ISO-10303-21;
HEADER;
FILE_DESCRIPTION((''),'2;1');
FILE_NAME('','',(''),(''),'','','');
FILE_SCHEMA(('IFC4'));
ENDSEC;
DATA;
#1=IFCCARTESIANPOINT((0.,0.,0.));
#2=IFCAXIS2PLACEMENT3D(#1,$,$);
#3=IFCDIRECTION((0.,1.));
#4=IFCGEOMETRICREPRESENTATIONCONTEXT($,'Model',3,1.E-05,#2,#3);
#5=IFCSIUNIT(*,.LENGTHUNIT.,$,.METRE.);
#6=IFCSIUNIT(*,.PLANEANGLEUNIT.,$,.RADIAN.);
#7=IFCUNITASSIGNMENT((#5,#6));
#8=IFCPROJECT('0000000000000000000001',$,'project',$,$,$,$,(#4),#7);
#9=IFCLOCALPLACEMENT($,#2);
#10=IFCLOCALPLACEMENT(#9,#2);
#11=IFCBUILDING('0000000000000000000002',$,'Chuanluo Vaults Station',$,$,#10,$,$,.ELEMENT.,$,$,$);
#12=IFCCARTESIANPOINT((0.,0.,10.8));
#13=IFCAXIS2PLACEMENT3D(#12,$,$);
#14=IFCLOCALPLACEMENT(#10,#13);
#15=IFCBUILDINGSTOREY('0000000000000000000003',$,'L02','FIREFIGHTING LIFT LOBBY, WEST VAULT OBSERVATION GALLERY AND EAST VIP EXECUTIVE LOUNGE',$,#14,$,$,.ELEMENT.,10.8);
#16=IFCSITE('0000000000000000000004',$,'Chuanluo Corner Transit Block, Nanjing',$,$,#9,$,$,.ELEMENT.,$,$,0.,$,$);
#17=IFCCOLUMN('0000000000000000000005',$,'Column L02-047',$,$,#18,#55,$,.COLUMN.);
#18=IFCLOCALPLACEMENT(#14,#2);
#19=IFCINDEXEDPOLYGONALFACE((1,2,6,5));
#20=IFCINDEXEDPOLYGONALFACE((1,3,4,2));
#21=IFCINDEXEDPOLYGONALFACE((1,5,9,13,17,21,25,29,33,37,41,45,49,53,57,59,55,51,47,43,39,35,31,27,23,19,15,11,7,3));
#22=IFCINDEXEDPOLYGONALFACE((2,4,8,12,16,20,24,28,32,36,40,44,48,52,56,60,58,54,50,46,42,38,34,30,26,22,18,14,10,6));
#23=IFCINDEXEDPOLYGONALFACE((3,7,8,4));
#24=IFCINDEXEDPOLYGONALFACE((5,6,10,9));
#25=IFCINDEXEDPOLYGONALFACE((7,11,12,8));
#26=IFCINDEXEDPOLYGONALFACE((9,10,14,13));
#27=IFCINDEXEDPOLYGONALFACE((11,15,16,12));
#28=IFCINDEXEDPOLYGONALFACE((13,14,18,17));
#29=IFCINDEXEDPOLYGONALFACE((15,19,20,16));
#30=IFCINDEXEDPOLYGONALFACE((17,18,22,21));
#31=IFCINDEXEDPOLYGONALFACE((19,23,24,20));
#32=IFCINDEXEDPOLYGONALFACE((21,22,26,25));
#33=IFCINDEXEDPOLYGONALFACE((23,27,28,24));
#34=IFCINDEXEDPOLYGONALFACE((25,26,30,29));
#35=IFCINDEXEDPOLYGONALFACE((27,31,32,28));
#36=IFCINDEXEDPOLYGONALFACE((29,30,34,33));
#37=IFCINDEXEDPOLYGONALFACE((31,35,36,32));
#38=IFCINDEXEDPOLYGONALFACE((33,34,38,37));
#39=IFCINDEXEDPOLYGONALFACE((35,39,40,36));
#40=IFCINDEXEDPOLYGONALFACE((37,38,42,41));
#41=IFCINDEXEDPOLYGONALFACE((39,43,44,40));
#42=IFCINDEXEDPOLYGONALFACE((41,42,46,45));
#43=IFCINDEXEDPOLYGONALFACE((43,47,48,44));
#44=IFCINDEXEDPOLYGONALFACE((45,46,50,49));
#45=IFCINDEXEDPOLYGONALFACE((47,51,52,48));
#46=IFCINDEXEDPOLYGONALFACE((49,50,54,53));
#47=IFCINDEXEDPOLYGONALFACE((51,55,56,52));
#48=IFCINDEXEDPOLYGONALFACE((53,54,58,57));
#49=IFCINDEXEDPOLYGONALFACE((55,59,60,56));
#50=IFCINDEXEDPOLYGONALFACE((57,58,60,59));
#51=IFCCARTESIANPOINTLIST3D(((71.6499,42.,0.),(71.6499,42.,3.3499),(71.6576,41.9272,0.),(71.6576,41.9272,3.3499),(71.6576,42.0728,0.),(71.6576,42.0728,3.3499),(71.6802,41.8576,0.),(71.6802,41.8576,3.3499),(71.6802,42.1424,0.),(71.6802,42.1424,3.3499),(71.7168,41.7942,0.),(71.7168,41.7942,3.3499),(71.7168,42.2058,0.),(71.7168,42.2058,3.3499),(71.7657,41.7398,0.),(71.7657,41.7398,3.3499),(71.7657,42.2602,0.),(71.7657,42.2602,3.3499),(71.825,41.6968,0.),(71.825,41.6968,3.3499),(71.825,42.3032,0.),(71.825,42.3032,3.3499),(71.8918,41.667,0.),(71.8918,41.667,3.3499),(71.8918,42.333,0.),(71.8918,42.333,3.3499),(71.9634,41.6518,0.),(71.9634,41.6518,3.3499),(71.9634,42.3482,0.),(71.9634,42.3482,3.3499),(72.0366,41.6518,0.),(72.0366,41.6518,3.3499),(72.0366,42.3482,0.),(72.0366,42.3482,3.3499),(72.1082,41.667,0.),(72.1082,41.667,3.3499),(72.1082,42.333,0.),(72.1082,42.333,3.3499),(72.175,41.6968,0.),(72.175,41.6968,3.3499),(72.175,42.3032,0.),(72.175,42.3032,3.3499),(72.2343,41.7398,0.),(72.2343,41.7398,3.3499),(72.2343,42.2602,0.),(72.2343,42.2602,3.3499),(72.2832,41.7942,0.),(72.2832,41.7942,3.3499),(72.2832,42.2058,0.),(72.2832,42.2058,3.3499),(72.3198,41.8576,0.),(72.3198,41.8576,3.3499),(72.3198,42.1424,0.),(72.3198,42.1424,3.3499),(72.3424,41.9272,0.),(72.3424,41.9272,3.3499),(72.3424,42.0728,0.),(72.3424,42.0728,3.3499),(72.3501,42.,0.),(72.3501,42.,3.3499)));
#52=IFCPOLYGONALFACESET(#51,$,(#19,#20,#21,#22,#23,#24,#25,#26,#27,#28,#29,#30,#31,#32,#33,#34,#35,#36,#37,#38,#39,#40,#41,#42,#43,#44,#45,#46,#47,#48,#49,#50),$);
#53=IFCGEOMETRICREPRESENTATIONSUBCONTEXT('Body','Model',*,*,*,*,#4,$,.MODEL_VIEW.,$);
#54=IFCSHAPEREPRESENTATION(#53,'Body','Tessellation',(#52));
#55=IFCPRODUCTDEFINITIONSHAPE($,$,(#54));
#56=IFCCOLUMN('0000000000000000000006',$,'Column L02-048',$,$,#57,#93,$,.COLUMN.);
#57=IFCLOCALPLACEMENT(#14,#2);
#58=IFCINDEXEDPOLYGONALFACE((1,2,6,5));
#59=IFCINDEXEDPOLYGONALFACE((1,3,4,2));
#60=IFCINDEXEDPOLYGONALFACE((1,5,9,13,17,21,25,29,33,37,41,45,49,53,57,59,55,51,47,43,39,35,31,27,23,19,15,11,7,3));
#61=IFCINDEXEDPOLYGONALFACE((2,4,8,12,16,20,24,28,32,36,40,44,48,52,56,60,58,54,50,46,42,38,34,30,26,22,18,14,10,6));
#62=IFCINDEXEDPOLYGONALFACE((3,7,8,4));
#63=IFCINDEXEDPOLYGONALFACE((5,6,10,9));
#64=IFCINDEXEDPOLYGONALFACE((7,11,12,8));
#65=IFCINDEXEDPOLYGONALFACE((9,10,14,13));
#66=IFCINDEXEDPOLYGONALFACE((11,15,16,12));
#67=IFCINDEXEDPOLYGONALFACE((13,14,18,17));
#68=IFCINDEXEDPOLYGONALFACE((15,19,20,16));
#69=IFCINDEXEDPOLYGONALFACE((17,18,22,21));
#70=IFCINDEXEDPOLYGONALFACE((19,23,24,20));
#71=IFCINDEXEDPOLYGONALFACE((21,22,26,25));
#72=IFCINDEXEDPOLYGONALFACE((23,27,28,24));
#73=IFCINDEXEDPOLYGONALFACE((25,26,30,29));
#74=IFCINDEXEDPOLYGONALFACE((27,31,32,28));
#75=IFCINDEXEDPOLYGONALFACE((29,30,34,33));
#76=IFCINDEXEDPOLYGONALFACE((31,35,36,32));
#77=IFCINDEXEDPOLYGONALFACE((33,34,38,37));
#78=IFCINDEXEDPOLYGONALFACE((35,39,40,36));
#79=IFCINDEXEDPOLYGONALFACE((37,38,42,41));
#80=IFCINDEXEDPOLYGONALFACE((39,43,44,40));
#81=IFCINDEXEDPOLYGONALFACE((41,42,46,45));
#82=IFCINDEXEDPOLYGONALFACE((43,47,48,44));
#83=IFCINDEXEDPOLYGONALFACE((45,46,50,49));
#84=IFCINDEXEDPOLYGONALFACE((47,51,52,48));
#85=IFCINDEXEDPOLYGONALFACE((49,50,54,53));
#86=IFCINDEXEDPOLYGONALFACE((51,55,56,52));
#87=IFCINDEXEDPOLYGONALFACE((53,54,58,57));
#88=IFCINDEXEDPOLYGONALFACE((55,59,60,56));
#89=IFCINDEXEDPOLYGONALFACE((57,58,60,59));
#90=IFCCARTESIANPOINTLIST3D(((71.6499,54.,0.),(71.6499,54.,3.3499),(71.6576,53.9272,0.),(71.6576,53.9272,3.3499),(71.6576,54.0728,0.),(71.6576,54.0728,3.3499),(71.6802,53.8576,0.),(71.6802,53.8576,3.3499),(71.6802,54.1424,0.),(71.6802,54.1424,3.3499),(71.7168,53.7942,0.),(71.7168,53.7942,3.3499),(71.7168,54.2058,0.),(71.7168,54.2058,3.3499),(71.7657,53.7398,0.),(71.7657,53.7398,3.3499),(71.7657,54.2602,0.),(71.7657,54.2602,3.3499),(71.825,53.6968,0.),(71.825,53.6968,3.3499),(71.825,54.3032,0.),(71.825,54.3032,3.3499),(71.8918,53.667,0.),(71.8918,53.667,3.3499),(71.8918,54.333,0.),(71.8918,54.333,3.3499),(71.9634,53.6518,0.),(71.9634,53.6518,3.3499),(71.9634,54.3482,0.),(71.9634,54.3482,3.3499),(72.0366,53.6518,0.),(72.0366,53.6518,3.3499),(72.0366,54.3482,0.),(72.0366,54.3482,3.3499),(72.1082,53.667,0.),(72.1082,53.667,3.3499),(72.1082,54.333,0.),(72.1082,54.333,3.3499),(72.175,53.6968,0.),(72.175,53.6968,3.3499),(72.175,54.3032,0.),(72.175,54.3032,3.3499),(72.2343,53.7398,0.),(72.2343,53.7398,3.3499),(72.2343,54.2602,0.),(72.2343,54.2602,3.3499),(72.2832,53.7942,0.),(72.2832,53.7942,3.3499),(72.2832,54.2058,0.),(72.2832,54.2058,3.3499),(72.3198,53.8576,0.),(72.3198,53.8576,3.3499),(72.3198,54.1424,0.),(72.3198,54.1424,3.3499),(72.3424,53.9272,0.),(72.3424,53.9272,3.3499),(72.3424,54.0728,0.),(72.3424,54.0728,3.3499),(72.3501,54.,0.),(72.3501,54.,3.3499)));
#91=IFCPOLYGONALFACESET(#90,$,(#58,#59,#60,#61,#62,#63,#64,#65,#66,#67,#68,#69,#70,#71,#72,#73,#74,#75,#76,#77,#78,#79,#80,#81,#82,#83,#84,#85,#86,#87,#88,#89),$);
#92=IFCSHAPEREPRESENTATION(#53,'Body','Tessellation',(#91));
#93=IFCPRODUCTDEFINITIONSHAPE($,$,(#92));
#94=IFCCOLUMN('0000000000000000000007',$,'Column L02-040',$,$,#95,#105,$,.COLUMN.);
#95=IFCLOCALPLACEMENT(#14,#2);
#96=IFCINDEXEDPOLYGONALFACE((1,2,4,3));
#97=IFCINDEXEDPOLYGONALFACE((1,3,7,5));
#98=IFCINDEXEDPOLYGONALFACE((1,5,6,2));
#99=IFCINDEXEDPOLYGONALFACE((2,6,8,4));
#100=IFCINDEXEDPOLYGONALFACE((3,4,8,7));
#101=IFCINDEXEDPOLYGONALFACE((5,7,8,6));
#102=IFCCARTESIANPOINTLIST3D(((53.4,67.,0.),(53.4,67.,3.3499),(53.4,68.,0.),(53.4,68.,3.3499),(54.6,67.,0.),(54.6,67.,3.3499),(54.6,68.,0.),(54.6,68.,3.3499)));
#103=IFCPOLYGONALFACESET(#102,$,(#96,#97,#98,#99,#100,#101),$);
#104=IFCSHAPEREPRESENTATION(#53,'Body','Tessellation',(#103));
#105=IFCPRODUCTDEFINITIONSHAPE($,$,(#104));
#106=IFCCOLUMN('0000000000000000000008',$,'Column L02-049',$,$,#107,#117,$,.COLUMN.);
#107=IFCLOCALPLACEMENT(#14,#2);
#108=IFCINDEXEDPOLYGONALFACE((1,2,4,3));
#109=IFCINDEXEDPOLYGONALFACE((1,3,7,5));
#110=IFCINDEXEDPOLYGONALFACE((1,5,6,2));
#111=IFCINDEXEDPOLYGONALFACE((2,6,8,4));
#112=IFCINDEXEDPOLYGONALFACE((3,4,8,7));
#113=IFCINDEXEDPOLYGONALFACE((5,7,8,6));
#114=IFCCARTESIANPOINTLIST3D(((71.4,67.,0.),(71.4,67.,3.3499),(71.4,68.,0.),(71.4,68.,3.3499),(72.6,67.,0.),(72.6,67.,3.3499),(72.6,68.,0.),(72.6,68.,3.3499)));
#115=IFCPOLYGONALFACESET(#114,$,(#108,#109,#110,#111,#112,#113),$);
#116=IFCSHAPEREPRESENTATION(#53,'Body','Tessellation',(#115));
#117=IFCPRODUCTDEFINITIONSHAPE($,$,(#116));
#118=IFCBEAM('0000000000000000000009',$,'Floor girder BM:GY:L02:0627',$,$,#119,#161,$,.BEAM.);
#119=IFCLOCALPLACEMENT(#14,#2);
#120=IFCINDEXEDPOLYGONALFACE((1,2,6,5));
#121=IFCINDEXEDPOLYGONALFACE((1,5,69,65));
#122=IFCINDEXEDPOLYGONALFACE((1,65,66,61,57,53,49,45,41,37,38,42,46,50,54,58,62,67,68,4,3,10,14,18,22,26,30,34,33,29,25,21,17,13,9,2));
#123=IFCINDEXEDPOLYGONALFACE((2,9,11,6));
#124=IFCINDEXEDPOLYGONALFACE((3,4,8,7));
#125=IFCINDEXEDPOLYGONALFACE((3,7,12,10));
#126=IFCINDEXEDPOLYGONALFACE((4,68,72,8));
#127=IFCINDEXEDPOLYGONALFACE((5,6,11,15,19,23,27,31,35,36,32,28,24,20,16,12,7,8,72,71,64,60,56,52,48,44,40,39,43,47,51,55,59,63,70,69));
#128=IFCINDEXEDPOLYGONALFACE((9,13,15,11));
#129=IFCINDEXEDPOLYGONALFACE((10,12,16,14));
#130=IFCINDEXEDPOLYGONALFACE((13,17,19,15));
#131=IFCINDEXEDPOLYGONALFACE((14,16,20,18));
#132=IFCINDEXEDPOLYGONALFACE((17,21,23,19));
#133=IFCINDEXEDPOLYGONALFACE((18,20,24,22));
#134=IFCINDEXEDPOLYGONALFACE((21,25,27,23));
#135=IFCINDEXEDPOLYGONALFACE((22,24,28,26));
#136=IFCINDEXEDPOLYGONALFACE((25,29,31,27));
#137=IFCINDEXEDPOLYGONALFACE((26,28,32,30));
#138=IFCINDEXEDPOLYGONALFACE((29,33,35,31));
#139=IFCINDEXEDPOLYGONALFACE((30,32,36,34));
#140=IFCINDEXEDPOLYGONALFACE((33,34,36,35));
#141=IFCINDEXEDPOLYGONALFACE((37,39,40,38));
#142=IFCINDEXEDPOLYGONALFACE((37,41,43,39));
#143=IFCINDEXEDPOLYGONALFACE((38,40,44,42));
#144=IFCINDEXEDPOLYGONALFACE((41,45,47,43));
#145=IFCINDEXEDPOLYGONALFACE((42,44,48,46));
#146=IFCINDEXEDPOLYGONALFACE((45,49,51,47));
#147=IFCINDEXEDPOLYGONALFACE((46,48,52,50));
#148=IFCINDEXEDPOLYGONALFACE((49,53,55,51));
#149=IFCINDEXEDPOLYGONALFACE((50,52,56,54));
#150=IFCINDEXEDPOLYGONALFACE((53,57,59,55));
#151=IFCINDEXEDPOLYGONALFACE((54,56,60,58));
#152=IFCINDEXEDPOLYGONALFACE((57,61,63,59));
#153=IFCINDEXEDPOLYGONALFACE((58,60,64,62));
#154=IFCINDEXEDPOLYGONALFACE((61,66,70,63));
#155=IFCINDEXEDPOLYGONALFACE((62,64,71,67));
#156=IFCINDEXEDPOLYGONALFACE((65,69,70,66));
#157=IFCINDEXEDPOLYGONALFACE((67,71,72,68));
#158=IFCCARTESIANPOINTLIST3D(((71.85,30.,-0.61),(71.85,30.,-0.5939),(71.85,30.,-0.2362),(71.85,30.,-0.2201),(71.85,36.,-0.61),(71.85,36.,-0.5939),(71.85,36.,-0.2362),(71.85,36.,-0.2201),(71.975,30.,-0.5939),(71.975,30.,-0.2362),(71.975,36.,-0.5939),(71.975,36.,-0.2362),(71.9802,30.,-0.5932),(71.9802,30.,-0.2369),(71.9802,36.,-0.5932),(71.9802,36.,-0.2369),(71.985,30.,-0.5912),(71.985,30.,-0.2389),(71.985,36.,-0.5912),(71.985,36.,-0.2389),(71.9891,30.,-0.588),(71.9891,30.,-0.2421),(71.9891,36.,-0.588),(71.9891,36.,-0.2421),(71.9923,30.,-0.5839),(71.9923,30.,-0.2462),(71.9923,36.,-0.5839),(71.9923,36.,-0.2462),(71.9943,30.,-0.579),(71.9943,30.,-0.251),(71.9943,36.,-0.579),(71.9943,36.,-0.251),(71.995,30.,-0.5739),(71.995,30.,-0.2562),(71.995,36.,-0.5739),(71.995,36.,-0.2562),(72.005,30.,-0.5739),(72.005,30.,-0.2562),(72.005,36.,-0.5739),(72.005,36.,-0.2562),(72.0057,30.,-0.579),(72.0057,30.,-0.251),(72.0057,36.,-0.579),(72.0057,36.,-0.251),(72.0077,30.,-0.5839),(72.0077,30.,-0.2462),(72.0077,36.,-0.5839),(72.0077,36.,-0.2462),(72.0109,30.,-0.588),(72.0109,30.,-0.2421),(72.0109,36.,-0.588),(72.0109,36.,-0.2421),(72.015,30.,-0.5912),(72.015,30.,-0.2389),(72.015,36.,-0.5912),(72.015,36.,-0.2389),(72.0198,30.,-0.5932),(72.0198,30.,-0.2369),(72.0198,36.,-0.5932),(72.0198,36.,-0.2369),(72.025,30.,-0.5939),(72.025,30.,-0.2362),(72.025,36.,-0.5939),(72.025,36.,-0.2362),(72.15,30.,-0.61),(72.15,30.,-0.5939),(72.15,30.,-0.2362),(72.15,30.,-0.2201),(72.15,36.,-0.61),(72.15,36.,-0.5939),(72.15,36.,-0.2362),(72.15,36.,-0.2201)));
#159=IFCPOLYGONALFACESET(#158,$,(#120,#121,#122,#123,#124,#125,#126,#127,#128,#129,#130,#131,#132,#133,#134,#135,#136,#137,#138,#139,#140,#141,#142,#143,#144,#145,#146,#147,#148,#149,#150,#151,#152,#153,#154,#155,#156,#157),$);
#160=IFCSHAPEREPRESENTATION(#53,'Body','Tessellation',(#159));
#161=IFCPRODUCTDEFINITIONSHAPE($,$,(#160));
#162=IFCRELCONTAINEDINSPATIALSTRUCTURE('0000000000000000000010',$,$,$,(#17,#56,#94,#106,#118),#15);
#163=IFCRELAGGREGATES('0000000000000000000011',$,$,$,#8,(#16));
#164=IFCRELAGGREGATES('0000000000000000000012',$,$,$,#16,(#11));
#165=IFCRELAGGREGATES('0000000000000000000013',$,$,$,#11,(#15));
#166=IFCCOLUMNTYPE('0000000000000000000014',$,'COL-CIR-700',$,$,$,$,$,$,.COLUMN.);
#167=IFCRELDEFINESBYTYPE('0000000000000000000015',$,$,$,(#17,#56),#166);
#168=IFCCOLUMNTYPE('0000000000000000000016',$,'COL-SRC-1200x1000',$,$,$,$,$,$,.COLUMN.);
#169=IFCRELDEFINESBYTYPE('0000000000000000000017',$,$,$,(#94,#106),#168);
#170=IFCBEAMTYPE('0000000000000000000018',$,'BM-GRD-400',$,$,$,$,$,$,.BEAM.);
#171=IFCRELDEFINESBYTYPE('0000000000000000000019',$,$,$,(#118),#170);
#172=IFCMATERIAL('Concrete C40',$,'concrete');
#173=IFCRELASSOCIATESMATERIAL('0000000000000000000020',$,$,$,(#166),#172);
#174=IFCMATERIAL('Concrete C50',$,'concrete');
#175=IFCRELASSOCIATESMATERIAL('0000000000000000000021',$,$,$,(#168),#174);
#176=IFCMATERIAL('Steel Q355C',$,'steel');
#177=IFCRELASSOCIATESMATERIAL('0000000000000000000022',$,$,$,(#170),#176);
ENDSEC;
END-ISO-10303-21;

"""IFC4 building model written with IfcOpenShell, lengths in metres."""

from ifc_helpers import new_model, si_unit, direction, frame, origin, origin_2d, place, context, subcontext, project, spatial, rectangle, circle, i_section, extrude, material, material_profile, profile_set, type_object, element, save


model = new_model("IFC4")

# Units and contexts
model_context = context("Model", 3, precision=1e-05, world=origin(), true_north=direction((0.0, 1.0)))
body_context = subcontext(model_context, "Body", "Model", "MODEL_VIEW")
ifc_project = project(units=[si_unit("LENGTHUNIT", "METRE"), si_unit("PLANEANGLEUNIT", "RADIAN")], contexts=[model_context])

# Site, building, storey
site_placement = place(None, origin())
site = spatial("IfcSite", under=ifc_project, at=site_placement, Name="Chuanluo Corner Transit Block, Nanjing", CompositionType="ELEMENT", RefElevation=0.0)
building_placement = place(site_placement, origin())
building = spatial("IfcBuilding", under=site, at=building_placement, Name="Chuanluo Vaults Station", CompositionType="ELEMENT")
storey_placement = place(building_placement, frame((0.0, 0.0, 10.8)))
storey = spatial("IfcBuildingStorey", under=building, at=storey_placement, Name="L02", Description="FIREFIGHTING LIFT LOBBY, WEST VAULT OBSERVATION GALLERY AND EAST VIP EXECUTIVE LOUNGE", CompositionType="ELEMENT", Elevation=10.8)

# Columns
ifc_material_1 = material(Name="Concrete C40", Category="concrete")
ifc_material_profile_1 = material_profile(ifc_material_1, circle(Radius=0.3501, at=origin_2d()))
ifc_profile_set_1 = profile_set([ifc_material_profile_1], Name="Concrete C40")
column_type_1 = type_object("IfcColumnType", Name="COL-CIR-700", PredefinedType="COLUMN", material=ifc_profile_set_1)
for number, where, z_axis, x_axis, name in (
    (1, (72.0, 42.0, 0.0), (0.0, 0.0, 1.0), (1.0, 0.0, 0.0), "Column L02-047"),
    (2, (72.0, 54.0, 0.0), (0.0, 0.0, 1.0), (1.0, 0.0, 0.0), "Column L02-048"),
):
    element("IfcColumn", number, at=place(storey_placement, frame(where, z_axis=z_axis, x_axis=x_axis)), inside=storey, type_object=column_type_1, Name=name, PredefinedType="COLUMN", context=body_context, shape_type="SweptSolid", body=[
        extrude(circle(Radius=0.3501, at=origin_2d()), origin(), (0.0, 0.0, 1.0), 3.3499),
    ])
ifc_material_2 = material(Name="Concrete C50", Category="concrete")
ifc_material_profile_2 = material_profile(ifc_material_2, rectangle(XDim=1.2, YDim=1.0, at=origin_2d()))
ifc_profile_set_2 = profile_set([ifc_material_profile_2], Name="Concrete C50")
column_type_2 = type_object("IfcColumnType", Name="COL-SRC-1200x1000", PredefinedType="COLUMN", material=ifc_profile_set_2)
for number, where, z_axis, x_axis, name in (
    (3, (54.0, 67.5, 0.0), (0.0, 0.0, 1.0), (1.0, 0.0, 0.0), "Column L02-040"),
    (4, (72.0, 67.5, 0.0), (0.0, 0.0, 1.0), (1.0, 0.0, 0.0), "Column L02-049"),
):
    element("IfcColumn", number, at=place(storey_placement, frame(where, z_axis=z_axis, x_axis=x_axis)), inside=storey, type_object=column_type_2, Name=name, PredefinedType="COLUMN", context=body_context, shape_type="SweptSolid", body=[
        extrude(rectangle(XDim=1.2, YDim=1.0, at=origin_2d()), origin(), (0.0, 0.0, 1.0), 3.3499),
    ])

# Beam
ifc_material_3 = material(Name="Steel Q355C", Category="steel")
ifc_material_profile_3 = material_profile(ifc_material_3, i_section(OverallWidth=0.3, OverallDepth=0.3899, WebThickness=0.01, FlangeThickness=0.0161, FilletRadius=0.02, at=origin_2d()))
ifc_profile_set_3 = profile_set([ifc_material_profile_3], Name="Steel Q355C")
beam_type_1 = type_object("IfcBeamType", Name="BM-GRD-400", PredefinedType="BEAM", material=ifc_profile_set_3)
beam_placement = place(storey_placement, frame((72.0, 30.0, -0.415), z_axis=(0.0, 1.0, 0.0), x_axis=(-1.0, 0.0, 0.0)))
element("IfcBeam", 5, at=beam_placement, inside=storey, type_object=beam_type_1, Name="Floor girder BM:GY:L02:0627", PredefinedType="BEAM", context=body_context, shape_type="SweptSolid", body=[
    extrude(i_section(OverallWidth=0.3, OverallDepth=0.3899, WebThickness=0.01, FlangeThickness=0.0161, FilletRadius=0.02, at=origin_2d()), origin(), (0.0, 0.0, 1.0), 6.0),
])

save(model, "model.ifc")
